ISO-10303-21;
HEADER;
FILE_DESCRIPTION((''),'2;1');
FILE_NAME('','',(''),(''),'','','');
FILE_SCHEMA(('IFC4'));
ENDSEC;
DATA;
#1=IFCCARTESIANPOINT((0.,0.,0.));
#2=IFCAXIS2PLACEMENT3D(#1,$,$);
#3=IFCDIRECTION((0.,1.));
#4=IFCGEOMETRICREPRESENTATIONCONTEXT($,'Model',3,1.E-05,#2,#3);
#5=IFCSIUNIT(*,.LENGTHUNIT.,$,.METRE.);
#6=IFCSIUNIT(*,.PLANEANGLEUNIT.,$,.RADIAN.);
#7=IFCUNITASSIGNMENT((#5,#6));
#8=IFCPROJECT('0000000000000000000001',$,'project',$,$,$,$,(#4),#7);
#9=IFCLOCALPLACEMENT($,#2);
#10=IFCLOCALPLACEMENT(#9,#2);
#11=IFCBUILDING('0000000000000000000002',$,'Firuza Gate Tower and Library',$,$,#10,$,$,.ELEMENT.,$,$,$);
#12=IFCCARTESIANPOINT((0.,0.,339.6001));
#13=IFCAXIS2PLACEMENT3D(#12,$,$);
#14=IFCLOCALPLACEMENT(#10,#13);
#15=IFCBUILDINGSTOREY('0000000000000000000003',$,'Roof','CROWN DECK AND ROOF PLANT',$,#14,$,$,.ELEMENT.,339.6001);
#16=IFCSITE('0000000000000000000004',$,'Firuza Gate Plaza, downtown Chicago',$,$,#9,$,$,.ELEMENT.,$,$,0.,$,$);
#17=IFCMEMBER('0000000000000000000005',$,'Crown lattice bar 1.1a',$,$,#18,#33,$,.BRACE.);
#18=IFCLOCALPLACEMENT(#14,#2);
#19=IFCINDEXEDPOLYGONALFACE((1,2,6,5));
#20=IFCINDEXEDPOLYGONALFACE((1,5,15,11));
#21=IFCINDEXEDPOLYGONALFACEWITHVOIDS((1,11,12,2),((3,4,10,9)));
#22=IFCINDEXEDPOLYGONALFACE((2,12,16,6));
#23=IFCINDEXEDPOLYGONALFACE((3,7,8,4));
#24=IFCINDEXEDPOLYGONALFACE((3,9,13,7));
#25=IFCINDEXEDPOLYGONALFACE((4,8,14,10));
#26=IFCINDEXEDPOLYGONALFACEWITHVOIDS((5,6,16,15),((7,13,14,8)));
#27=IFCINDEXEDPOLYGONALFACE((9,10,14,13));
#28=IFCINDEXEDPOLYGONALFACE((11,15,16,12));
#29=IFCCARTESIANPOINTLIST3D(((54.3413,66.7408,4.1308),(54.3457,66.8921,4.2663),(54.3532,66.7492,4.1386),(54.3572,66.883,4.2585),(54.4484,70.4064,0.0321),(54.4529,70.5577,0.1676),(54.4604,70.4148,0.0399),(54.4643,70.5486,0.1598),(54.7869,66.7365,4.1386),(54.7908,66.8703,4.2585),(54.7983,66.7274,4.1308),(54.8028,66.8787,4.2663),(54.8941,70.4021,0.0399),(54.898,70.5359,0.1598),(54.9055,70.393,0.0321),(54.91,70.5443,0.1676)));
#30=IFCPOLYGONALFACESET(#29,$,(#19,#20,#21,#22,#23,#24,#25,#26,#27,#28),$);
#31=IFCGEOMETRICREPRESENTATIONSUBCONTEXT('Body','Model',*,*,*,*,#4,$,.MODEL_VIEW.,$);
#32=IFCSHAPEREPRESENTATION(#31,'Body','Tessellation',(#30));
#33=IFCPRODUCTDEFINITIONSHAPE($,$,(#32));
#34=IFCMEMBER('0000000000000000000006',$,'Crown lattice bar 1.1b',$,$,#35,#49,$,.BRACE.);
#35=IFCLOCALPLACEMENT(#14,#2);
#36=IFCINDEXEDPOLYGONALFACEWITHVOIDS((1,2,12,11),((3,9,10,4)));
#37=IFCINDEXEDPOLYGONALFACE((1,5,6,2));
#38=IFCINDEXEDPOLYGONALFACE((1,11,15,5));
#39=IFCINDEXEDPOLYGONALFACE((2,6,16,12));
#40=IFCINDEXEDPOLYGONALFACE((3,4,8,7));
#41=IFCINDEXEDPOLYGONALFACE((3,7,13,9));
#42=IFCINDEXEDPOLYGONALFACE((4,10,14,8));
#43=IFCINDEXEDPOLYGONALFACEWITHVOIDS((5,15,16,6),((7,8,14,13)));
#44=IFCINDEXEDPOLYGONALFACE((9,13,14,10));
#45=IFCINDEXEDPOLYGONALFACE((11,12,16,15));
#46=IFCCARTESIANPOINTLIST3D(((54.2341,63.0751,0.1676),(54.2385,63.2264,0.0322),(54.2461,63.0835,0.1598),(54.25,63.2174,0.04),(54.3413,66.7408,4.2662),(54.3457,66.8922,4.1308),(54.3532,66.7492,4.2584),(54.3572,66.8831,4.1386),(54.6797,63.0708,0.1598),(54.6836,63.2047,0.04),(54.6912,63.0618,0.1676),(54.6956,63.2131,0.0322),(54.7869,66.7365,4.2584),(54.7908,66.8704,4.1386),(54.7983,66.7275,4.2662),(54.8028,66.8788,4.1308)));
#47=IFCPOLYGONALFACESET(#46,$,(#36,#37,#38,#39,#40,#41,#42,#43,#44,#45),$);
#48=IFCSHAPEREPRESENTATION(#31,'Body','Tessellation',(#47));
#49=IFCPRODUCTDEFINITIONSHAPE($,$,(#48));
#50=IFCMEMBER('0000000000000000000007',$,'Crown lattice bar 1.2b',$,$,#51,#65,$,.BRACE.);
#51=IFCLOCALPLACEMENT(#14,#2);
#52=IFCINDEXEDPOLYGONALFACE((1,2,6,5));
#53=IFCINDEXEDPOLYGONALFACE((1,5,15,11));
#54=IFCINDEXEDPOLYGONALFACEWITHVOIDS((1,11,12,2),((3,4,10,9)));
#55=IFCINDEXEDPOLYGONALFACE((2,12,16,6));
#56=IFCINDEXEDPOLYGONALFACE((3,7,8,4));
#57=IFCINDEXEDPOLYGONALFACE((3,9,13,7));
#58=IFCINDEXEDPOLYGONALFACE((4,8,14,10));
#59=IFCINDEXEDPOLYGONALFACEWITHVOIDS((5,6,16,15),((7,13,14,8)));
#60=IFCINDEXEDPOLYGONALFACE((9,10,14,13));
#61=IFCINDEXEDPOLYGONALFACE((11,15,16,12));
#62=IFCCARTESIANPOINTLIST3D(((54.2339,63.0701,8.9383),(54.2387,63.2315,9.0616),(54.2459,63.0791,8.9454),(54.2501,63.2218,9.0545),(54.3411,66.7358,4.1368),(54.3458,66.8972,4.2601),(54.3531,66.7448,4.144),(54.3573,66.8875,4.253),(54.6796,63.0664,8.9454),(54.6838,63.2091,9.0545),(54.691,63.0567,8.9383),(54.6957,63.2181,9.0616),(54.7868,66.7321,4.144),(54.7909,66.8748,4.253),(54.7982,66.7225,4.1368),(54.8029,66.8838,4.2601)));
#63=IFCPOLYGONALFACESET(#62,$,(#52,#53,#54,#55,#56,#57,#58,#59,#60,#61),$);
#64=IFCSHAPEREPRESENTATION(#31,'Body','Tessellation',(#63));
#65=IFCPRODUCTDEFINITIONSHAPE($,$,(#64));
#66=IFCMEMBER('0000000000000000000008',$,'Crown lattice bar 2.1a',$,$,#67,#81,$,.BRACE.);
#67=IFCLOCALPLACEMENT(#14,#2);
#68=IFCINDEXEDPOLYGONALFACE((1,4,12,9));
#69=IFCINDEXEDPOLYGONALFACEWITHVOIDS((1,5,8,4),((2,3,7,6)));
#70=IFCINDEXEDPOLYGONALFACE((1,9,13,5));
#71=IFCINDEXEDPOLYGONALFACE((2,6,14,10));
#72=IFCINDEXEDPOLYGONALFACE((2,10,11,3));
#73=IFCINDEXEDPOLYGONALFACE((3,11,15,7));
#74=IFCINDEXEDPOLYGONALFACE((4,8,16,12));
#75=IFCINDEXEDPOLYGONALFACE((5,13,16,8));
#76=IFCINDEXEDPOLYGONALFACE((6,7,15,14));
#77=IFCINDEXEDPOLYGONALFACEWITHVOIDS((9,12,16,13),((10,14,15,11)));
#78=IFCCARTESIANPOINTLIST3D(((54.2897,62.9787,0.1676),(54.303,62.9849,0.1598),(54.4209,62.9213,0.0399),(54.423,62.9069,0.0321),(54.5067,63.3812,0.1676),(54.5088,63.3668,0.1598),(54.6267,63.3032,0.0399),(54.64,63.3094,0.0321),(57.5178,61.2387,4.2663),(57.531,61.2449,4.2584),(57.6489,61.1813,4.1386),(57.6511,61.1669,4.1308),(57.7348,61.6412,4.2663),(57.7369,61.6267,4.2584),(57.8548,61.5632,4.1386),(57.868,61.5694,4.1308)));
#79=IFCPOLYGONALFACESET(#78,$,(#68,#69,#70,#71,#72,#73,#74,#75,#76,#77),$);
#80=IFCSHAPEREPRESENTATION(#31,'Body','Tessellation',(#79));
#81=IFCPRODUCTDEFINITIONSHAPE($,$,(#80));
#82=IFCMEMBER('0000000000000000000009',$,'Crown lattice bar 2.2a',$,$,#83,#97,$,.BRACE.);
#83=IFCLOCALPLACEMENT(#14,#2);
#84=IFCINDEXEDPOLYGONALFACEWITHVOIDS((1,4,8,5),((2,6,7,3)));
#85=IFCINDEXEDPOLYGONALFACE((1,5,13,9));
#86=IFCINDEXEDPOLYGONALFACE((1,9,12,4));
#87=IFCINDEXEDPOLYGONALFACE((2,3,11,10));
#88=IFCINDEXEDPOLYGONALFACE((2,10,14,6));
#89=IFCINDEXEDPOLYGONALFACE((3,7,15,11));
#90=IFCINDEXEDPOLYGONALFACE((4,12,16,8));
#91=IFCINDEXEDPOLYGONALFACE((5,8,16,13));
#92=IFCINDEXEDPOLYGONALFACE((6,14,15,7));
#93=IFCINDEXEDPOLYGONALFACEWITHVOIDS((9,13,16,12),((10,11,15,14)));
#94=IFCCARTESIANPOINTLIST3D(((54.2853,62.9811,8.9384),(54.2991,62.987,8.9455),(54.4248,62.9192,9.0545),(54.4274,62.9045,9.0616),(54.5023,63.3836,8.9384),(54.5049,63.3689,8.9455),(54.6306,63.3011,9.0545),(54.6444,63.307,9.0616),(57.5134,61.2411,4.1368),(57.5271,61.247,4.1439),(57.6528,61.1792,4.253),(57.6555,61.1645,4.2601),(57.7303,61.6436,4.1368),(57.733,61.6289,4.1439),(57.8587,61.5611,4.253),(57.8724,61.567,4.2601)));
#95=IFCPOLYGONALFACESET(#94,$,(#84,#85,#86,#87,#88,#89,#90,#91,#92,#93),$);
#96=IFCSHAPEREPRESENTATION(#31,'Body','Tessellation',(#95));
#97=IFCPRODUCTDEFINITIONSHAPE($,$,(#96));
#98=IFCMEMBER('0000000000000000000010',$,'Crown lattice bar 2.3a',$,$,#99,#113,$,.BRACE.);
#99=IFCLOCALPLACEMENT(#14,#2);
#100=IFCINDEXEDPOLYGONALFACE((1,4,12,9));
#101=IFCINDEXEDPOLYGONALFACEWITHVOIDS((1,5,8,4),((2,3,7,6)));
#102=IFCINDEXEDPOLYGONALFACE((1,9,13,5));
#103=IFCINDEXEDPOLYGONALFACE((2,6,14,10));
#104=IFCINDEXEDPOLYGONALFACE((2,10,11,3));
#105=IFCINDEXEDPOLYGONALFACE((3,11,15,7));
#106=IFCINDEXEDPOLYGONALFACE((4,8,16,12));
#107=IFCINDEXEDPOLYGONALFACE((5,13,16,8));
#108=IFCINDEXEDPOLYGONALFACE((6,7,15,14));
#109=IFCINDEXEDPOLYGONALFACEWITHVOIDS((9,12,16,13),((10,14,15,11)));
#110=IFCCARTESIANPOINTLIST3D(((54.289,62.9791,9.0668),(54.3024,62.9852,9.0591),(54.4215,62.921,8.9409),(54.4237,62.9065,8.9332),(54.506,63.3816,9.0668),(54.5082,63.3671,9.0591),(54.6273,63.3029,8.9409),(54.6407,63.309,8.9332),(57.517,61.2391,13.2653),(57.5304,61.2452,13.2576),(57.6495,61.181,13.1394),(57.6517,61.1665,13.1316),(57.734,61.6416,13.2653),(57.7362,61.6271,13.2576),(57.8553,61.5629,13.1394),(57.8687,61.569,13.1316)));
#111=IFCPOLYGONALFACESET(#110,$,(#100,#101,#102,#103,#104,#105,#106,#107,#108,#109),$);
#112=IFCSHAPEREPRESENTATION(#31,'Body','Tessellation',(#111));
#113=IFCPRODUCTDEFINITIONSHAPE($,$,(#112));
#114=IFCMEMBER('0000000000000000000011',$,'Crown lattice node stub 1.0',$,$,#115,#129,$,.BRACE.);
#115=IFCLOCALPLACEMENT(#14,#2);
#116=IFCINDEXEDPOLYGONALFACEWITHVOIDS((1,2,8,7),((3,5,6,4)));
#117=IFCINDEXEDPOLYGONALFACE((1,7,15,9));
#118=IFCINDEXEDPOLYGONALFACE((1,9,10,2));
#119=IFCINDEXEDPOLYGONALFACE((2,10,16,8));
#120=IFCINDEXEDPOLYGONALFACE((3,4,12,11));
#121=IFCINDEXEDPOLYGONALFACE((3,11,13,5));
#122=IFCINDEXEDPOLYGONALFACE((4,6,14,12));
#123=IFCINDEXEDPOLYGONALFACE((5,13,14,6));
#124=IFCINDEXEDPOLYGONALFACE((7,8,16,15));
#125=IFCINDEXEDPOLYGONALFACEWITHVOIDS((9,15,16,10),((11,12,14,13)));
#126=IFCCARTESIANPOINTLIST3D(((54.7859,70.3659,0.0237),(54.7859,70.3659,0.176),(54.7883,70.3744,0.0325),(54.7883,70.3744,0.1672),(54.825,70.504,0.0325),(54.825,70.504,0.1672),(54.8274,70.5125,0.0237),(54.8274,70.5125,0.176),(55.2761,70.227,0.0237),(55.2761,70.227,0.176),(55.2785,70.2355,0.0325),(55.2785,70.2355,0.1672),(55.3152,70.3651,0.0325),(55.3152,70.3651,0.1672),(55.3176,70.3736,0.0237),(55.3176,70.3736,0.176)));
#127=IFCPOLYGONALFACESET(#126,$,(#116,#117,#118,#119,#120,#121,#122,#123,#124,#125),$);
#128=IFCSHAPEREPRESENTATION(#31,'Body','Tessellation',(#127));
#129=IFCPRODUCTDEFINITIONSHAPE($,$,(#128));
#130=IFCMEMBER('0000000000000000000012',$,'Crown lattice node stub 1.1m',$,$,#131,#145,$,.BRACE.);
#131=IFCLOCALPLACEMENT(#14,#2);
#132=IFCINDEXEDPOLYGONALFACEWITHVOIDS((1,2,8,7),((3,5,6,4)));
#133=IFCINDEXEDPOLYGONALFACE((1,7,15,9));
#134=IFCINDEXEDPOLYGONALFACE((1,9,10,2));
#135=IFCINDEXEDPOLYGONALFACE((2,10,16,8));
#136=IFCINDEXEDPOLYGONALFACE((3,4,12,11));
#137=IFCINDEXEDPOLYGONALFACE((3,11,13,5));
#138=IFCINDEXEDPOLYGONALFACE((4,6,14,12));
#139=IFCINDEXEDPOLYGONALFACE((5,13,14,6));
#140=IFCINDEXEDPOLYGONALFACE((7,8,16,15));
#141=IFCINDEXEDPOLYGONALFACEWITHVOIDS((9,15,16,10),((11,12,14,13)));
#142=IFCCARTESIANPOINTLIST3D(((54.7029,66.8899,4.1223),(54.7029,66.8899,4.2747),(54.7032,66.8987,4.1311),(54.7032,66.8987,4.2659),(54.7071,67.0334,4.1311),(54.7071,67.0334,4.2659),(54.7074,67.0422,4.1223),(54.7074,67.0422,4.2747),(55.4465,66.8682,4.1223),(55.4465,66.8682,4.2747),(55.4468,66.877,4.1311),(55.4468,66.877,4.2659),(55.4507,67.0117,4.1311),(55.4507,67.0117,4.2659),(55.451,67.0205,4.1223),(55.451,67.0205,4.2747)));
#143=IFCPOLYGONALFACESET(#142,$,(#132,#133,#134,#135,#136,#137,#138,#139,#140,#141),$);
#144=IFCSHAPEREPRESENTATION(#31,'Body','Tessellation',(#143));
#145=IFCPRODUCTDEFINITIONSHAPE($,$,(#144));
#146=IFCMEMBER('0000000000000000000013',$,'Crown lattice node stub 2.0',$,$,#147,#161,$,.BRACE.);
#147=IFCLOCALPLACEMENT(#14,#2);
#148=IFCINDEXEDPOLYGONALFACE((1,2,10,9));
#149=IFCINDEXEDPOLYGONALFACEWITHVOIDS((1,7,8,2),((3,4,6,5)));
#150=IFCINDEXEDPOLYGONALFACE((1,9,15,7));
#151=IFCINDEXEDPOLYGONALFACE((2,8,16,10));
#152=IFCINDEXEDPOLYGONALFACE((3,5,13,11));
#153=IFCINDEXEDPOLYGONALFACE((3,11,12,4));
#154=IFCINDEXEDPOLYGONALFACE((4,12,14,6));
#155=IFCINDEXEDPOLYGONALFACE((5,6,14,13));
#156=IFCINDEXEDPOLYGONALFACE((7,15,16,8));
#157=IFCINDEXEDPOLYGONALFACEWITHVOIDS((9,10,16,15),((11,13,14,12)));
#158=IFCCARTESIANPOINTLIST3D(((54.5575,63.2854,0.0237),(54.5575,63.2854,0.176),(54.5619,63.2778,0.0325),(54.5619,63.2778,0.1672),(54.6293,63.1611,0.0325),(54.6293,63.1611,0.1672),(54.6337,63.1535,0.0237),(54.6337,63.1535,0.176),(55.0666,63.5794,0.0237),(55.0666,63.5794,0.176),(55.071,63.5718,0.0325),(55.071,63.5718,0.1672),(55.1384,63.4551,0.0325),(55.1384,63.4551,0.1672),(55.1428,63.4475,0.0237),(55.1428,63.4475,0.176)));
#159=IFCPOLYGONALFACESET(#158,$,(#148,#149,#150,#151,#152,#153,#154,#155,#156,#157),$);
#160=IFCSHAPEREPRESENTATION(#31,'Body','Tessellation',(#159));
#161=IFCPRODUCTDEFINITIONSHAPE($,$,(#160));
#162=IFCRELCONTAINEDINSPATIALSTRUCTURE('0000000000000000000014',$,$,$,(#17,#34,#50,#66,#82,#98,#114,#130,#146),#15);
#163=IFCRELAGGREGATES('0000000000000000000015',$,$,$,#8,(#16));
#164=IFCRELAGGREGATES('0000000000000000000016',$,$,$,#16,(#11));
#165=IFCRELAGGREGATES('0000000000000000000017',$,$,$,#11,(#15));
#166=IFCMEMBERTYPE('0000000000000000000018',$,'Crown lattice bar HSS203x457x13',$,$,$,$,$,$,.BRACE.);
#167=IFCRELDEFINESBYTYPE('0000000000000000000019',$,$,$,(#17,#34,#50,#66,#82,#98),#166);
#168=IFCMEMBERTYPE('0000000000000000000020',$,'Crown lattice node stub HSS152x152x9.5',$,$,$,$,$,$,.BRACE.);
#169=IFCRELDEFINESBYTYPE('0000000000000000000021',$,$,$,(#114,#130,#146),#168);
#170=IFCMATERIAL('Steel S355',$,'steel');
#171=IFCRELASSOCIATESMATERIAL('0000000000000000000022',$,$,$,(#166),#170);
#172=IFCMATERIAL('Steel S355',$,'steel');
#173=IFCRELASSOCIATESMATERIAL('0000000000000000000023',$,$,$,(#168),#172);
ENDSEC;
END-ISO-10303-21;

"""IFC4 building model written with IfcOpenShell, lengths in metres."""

from ifc_helpers import new_model, si_unit, direction, frame, origin, origin_2d, place, context, subcontext, project, spatial, hollow_rectangle, extrude, material, material_profile, profile_set, type_object, element, save


model = new_model("IFC4")

# Units and contexts
model_context = context("Model", 3, precision=1e-05, world=origin(), true_north=direction((0.0, 1.0)))
body_context = subcontext(model_context, "Body", "Model", "MODEL_VIEW")
ifc_project = project(units=[si_unit("LENGTHUNIT", "METRE"), si_unit("PLANEANGLEUNIT", "RADIAN")], contexts=[model_context])

# Site, building, storey
site_placement = place(None, origin())
site = spatial("IfcSite", under=ifc_project, at=site_placement, Name="Firuza Gate Plaza, downtown Chicago", CompositionType="ELEMENT", RefElevation=0.0)
building_placement = place(site_placement, origin())
building = spatial("IfcBuilding", under=site, at=building_placement, Name="Firuza Gate Tower and Library", CompositionType="ELEMENT")
storey_placement = place(building_placement, frame((0.0, 0.0, 339.6001)))
storey = spatial("IfcBuildingStorey", under=building, at=storey_placement, Name="Roof", Description="CROWN DECK AND ROOF PLANT", CompositionType="ELEMENT", Elevation=339.6001)

# Members
ifc_material_1 = material(Name="Steel S355", Category="steel")
ifc_material_profile_1 = material_profile(ifc_material_1, hollow_rectangle(XDim=0.4573, YDim=0.2031, WallThickness=0.0117, at=origin_2d()))
ifc_profile_set_1 = profile_set([ifc_material_profile_1], Name="Steel S355")
member_type_1 = type_object("IfcMemberType", Name="Crown lattice bar HSS203x457x13", PredefinedType="BRACE", material=ifc_profile_set_1)
for number, where, z_axis, x_axis, name in (
    (1, (54.6792, 70.4753, 0.0999), (-0.019488, -0.6665, 0.745251), (0.999573, -0.029227, 0.0), "Crown lattice bar 1.1a"),
    (2, (54.572, 66.8098, 4.1985), (-0.019487, -0.666524, -0.745229), (0.999573, -0.029225, 0.0), "Crown lattice bar 1.1b"),
):
    element("IfcMember", number, at=place(storey_placement, frame(where, z_axis=z_axis, x_axis=x_axis)), inside=storey, type_object=member_type_1, Name=name, PredefinedType="BRACE", context=body_context, shape_type="SweptSolid", body=[
        extrude(hollow_rectangle(XDim=0.4573, YDim=0.2031, WallThickness=0.0117, at=origin_2d()), origin(), (0.0, 0.0, 1.0), 5.4998),
    ])
member_1_placement = place(storey_placement, frame((54.572, 66.8098, 4.1985), z_axis=(-0.017739, -0.60673, 0.79471), x_axis=(0.999573, -0.029225, 0.0)))
element("IfcMember", 3, at=member_1_placement, inside=storey, type_object=member_type_1, Name="Crown lattice bar 1.2b", PredefinedType="BRACE", context=body_context, shape_type="SweptSolid", body=[
    extrude(hollow_rectangle(XDim=0.4573, YDim=0.2031, WallThickness=0.0117, at=origin_2d()), origin(), (0.0, 0.0, 1.0), 6.0417),
])
member_2_placement = place(storey_placement, frame((54.4648, 63.144, 0.0999), z_axis=(0.586948, -0.31638, 0.745249), x_axis=(0.474485, 0.880264, 0.0)))
element("IfcMember", 4, at=member_2_placement, inside=storey, type_object=member_type_1, Name="Crown lattice bar 2.1a", PredefinedType="BRACE", context=body_context, shape_type="SweptSolid", body=[
    extrude(hollow_rectangle(XDim=0.4573, YDim=0.2031, WallThickness=0.0117, at=origin_2d()), origin(), (0.0, 0.0, 1.0), 5.4998),
])
member_3_placement = place(storey_placement, frame((54.4648, 63.144, 9.0), z_axis=(0.53429, -0.287996, -0.794728), x_axis=(0.474485, 0.880264, 0.0)))
element("IfcMember", 5, at=member_3_placement, inside=storey, type_object=member_type_1, Name="Crown lattice bar 2.2a", PredefinedType="BRACE", context=body_context, shape_type="SweptSolid", body=[
    extrude(hollow_rectangle(XDim=0.4573, YDim=0.2031, WallThickness=0.0117, at=origin_2d()), origin(), (0.0, 0.0, 1.0), 6.0417),
])
member_4_placement = place(storey_placement, frame((54.4648, 63.144, 9.0), z_axis=(0.579071, -0.312134, 0.75316), x_axis=(0.474485, 0.880264, 0.0)))
element("IfcMember", 6, at=member_4_placement, inside=storey, type_object=member_type_1, Name="Crown lattice bar 2.3a", PredefinedType="BRACE", context=body_context, shape_type="SweptSolid", body=[
    extrude(hollow_rectangle(XDim=0.4573, YDim=0.2031, WallThickness=0.0117, at=origin_2d()), origin(), (0.0, 0.0, 1.0), 5.5745),
])
ifc_material_2 = material(Name="Steel S355", Category="steel")
ifc_material_profile_2 = material_profile(ifc_material_2, hollow_rectangle(XDim=0.1523, YDim=0.1523, WallThickness=0.0088, at=origin_2d()))
ifc_profile_set_2 = profile_set([ifc_material_profile_2], Name="Steel S355")
member_type_2 = type_object("IfcMemberType", Name="Crown lattice node stub HSS152x152x9.5", PredefinedType="BRACE", material=ifc_profile_set_2)
member_5_placement = place(storey_placement, frame((55.2969, 70.3003, 0.0999), z_axis=(-0.962118, 0.272632, 0.0), x_axis=(-0.272632, -0.962118, 0.0)))
element("IfcMember", 7, at=member_5_placement, inside=storey, type_object=member_type_2, Name="Crown lattice node stub 1.0", PredefinedType="BRACE", context=body_context, shape_type="SweptSolid", body=[
    extrude(hollow_rectangle(XDim=0.1523, YDim=0.1523, WallThickness=0.0088, at=origin_2d()), origin(), (0.0, 0.0, 1.0), 0.5095),
])
member_6_placement = place(storey_placement, frame((55.4487, 66.9443, 4.1985), z_axis=(-0.999573, 0.029206, 0.0), x_axis=(-0.029206, -0.999573, 0.0)))
element("IfcMember", 8, at=member_6_placement, inside=storey, type_object=member_type_2, Name="Crown lattice node stub 1.1m", PredefinedType="BRACE", context=body_context, shape_type="SweptSolid", body=[
    extrude(hollow_rectangle(XDim=0.1523, YDim=0.1523, WallThickness=0.0088, at=origin_2d()), origin(), (0.0, 0.0, 1.0), 0.7439),
])
member_7_placement = place(storey_placement, frame((55.1047, 63.5134, 0.0999), z_axis=(-0.865985, -0.50007, 0.0), x_axis=(0.50007, -0.865985, 0.0)))
element("IfcMember", 9, at=member_7_placement, inside=storey, type_object=member_type_2, Name="Crown lattice node stub 2.0", PredefinedType="BRACE", context=body_context, shape_type="SweptSolid", body=[
    extrude(hollow_rectangle(XDim=0.1523, YDim=0.1523, WallThickness=0.0088, at=origin_2d()), origin(), (0.0, 0.0, 1.0), 0.5879),
])

save(model, "model.ifc")
